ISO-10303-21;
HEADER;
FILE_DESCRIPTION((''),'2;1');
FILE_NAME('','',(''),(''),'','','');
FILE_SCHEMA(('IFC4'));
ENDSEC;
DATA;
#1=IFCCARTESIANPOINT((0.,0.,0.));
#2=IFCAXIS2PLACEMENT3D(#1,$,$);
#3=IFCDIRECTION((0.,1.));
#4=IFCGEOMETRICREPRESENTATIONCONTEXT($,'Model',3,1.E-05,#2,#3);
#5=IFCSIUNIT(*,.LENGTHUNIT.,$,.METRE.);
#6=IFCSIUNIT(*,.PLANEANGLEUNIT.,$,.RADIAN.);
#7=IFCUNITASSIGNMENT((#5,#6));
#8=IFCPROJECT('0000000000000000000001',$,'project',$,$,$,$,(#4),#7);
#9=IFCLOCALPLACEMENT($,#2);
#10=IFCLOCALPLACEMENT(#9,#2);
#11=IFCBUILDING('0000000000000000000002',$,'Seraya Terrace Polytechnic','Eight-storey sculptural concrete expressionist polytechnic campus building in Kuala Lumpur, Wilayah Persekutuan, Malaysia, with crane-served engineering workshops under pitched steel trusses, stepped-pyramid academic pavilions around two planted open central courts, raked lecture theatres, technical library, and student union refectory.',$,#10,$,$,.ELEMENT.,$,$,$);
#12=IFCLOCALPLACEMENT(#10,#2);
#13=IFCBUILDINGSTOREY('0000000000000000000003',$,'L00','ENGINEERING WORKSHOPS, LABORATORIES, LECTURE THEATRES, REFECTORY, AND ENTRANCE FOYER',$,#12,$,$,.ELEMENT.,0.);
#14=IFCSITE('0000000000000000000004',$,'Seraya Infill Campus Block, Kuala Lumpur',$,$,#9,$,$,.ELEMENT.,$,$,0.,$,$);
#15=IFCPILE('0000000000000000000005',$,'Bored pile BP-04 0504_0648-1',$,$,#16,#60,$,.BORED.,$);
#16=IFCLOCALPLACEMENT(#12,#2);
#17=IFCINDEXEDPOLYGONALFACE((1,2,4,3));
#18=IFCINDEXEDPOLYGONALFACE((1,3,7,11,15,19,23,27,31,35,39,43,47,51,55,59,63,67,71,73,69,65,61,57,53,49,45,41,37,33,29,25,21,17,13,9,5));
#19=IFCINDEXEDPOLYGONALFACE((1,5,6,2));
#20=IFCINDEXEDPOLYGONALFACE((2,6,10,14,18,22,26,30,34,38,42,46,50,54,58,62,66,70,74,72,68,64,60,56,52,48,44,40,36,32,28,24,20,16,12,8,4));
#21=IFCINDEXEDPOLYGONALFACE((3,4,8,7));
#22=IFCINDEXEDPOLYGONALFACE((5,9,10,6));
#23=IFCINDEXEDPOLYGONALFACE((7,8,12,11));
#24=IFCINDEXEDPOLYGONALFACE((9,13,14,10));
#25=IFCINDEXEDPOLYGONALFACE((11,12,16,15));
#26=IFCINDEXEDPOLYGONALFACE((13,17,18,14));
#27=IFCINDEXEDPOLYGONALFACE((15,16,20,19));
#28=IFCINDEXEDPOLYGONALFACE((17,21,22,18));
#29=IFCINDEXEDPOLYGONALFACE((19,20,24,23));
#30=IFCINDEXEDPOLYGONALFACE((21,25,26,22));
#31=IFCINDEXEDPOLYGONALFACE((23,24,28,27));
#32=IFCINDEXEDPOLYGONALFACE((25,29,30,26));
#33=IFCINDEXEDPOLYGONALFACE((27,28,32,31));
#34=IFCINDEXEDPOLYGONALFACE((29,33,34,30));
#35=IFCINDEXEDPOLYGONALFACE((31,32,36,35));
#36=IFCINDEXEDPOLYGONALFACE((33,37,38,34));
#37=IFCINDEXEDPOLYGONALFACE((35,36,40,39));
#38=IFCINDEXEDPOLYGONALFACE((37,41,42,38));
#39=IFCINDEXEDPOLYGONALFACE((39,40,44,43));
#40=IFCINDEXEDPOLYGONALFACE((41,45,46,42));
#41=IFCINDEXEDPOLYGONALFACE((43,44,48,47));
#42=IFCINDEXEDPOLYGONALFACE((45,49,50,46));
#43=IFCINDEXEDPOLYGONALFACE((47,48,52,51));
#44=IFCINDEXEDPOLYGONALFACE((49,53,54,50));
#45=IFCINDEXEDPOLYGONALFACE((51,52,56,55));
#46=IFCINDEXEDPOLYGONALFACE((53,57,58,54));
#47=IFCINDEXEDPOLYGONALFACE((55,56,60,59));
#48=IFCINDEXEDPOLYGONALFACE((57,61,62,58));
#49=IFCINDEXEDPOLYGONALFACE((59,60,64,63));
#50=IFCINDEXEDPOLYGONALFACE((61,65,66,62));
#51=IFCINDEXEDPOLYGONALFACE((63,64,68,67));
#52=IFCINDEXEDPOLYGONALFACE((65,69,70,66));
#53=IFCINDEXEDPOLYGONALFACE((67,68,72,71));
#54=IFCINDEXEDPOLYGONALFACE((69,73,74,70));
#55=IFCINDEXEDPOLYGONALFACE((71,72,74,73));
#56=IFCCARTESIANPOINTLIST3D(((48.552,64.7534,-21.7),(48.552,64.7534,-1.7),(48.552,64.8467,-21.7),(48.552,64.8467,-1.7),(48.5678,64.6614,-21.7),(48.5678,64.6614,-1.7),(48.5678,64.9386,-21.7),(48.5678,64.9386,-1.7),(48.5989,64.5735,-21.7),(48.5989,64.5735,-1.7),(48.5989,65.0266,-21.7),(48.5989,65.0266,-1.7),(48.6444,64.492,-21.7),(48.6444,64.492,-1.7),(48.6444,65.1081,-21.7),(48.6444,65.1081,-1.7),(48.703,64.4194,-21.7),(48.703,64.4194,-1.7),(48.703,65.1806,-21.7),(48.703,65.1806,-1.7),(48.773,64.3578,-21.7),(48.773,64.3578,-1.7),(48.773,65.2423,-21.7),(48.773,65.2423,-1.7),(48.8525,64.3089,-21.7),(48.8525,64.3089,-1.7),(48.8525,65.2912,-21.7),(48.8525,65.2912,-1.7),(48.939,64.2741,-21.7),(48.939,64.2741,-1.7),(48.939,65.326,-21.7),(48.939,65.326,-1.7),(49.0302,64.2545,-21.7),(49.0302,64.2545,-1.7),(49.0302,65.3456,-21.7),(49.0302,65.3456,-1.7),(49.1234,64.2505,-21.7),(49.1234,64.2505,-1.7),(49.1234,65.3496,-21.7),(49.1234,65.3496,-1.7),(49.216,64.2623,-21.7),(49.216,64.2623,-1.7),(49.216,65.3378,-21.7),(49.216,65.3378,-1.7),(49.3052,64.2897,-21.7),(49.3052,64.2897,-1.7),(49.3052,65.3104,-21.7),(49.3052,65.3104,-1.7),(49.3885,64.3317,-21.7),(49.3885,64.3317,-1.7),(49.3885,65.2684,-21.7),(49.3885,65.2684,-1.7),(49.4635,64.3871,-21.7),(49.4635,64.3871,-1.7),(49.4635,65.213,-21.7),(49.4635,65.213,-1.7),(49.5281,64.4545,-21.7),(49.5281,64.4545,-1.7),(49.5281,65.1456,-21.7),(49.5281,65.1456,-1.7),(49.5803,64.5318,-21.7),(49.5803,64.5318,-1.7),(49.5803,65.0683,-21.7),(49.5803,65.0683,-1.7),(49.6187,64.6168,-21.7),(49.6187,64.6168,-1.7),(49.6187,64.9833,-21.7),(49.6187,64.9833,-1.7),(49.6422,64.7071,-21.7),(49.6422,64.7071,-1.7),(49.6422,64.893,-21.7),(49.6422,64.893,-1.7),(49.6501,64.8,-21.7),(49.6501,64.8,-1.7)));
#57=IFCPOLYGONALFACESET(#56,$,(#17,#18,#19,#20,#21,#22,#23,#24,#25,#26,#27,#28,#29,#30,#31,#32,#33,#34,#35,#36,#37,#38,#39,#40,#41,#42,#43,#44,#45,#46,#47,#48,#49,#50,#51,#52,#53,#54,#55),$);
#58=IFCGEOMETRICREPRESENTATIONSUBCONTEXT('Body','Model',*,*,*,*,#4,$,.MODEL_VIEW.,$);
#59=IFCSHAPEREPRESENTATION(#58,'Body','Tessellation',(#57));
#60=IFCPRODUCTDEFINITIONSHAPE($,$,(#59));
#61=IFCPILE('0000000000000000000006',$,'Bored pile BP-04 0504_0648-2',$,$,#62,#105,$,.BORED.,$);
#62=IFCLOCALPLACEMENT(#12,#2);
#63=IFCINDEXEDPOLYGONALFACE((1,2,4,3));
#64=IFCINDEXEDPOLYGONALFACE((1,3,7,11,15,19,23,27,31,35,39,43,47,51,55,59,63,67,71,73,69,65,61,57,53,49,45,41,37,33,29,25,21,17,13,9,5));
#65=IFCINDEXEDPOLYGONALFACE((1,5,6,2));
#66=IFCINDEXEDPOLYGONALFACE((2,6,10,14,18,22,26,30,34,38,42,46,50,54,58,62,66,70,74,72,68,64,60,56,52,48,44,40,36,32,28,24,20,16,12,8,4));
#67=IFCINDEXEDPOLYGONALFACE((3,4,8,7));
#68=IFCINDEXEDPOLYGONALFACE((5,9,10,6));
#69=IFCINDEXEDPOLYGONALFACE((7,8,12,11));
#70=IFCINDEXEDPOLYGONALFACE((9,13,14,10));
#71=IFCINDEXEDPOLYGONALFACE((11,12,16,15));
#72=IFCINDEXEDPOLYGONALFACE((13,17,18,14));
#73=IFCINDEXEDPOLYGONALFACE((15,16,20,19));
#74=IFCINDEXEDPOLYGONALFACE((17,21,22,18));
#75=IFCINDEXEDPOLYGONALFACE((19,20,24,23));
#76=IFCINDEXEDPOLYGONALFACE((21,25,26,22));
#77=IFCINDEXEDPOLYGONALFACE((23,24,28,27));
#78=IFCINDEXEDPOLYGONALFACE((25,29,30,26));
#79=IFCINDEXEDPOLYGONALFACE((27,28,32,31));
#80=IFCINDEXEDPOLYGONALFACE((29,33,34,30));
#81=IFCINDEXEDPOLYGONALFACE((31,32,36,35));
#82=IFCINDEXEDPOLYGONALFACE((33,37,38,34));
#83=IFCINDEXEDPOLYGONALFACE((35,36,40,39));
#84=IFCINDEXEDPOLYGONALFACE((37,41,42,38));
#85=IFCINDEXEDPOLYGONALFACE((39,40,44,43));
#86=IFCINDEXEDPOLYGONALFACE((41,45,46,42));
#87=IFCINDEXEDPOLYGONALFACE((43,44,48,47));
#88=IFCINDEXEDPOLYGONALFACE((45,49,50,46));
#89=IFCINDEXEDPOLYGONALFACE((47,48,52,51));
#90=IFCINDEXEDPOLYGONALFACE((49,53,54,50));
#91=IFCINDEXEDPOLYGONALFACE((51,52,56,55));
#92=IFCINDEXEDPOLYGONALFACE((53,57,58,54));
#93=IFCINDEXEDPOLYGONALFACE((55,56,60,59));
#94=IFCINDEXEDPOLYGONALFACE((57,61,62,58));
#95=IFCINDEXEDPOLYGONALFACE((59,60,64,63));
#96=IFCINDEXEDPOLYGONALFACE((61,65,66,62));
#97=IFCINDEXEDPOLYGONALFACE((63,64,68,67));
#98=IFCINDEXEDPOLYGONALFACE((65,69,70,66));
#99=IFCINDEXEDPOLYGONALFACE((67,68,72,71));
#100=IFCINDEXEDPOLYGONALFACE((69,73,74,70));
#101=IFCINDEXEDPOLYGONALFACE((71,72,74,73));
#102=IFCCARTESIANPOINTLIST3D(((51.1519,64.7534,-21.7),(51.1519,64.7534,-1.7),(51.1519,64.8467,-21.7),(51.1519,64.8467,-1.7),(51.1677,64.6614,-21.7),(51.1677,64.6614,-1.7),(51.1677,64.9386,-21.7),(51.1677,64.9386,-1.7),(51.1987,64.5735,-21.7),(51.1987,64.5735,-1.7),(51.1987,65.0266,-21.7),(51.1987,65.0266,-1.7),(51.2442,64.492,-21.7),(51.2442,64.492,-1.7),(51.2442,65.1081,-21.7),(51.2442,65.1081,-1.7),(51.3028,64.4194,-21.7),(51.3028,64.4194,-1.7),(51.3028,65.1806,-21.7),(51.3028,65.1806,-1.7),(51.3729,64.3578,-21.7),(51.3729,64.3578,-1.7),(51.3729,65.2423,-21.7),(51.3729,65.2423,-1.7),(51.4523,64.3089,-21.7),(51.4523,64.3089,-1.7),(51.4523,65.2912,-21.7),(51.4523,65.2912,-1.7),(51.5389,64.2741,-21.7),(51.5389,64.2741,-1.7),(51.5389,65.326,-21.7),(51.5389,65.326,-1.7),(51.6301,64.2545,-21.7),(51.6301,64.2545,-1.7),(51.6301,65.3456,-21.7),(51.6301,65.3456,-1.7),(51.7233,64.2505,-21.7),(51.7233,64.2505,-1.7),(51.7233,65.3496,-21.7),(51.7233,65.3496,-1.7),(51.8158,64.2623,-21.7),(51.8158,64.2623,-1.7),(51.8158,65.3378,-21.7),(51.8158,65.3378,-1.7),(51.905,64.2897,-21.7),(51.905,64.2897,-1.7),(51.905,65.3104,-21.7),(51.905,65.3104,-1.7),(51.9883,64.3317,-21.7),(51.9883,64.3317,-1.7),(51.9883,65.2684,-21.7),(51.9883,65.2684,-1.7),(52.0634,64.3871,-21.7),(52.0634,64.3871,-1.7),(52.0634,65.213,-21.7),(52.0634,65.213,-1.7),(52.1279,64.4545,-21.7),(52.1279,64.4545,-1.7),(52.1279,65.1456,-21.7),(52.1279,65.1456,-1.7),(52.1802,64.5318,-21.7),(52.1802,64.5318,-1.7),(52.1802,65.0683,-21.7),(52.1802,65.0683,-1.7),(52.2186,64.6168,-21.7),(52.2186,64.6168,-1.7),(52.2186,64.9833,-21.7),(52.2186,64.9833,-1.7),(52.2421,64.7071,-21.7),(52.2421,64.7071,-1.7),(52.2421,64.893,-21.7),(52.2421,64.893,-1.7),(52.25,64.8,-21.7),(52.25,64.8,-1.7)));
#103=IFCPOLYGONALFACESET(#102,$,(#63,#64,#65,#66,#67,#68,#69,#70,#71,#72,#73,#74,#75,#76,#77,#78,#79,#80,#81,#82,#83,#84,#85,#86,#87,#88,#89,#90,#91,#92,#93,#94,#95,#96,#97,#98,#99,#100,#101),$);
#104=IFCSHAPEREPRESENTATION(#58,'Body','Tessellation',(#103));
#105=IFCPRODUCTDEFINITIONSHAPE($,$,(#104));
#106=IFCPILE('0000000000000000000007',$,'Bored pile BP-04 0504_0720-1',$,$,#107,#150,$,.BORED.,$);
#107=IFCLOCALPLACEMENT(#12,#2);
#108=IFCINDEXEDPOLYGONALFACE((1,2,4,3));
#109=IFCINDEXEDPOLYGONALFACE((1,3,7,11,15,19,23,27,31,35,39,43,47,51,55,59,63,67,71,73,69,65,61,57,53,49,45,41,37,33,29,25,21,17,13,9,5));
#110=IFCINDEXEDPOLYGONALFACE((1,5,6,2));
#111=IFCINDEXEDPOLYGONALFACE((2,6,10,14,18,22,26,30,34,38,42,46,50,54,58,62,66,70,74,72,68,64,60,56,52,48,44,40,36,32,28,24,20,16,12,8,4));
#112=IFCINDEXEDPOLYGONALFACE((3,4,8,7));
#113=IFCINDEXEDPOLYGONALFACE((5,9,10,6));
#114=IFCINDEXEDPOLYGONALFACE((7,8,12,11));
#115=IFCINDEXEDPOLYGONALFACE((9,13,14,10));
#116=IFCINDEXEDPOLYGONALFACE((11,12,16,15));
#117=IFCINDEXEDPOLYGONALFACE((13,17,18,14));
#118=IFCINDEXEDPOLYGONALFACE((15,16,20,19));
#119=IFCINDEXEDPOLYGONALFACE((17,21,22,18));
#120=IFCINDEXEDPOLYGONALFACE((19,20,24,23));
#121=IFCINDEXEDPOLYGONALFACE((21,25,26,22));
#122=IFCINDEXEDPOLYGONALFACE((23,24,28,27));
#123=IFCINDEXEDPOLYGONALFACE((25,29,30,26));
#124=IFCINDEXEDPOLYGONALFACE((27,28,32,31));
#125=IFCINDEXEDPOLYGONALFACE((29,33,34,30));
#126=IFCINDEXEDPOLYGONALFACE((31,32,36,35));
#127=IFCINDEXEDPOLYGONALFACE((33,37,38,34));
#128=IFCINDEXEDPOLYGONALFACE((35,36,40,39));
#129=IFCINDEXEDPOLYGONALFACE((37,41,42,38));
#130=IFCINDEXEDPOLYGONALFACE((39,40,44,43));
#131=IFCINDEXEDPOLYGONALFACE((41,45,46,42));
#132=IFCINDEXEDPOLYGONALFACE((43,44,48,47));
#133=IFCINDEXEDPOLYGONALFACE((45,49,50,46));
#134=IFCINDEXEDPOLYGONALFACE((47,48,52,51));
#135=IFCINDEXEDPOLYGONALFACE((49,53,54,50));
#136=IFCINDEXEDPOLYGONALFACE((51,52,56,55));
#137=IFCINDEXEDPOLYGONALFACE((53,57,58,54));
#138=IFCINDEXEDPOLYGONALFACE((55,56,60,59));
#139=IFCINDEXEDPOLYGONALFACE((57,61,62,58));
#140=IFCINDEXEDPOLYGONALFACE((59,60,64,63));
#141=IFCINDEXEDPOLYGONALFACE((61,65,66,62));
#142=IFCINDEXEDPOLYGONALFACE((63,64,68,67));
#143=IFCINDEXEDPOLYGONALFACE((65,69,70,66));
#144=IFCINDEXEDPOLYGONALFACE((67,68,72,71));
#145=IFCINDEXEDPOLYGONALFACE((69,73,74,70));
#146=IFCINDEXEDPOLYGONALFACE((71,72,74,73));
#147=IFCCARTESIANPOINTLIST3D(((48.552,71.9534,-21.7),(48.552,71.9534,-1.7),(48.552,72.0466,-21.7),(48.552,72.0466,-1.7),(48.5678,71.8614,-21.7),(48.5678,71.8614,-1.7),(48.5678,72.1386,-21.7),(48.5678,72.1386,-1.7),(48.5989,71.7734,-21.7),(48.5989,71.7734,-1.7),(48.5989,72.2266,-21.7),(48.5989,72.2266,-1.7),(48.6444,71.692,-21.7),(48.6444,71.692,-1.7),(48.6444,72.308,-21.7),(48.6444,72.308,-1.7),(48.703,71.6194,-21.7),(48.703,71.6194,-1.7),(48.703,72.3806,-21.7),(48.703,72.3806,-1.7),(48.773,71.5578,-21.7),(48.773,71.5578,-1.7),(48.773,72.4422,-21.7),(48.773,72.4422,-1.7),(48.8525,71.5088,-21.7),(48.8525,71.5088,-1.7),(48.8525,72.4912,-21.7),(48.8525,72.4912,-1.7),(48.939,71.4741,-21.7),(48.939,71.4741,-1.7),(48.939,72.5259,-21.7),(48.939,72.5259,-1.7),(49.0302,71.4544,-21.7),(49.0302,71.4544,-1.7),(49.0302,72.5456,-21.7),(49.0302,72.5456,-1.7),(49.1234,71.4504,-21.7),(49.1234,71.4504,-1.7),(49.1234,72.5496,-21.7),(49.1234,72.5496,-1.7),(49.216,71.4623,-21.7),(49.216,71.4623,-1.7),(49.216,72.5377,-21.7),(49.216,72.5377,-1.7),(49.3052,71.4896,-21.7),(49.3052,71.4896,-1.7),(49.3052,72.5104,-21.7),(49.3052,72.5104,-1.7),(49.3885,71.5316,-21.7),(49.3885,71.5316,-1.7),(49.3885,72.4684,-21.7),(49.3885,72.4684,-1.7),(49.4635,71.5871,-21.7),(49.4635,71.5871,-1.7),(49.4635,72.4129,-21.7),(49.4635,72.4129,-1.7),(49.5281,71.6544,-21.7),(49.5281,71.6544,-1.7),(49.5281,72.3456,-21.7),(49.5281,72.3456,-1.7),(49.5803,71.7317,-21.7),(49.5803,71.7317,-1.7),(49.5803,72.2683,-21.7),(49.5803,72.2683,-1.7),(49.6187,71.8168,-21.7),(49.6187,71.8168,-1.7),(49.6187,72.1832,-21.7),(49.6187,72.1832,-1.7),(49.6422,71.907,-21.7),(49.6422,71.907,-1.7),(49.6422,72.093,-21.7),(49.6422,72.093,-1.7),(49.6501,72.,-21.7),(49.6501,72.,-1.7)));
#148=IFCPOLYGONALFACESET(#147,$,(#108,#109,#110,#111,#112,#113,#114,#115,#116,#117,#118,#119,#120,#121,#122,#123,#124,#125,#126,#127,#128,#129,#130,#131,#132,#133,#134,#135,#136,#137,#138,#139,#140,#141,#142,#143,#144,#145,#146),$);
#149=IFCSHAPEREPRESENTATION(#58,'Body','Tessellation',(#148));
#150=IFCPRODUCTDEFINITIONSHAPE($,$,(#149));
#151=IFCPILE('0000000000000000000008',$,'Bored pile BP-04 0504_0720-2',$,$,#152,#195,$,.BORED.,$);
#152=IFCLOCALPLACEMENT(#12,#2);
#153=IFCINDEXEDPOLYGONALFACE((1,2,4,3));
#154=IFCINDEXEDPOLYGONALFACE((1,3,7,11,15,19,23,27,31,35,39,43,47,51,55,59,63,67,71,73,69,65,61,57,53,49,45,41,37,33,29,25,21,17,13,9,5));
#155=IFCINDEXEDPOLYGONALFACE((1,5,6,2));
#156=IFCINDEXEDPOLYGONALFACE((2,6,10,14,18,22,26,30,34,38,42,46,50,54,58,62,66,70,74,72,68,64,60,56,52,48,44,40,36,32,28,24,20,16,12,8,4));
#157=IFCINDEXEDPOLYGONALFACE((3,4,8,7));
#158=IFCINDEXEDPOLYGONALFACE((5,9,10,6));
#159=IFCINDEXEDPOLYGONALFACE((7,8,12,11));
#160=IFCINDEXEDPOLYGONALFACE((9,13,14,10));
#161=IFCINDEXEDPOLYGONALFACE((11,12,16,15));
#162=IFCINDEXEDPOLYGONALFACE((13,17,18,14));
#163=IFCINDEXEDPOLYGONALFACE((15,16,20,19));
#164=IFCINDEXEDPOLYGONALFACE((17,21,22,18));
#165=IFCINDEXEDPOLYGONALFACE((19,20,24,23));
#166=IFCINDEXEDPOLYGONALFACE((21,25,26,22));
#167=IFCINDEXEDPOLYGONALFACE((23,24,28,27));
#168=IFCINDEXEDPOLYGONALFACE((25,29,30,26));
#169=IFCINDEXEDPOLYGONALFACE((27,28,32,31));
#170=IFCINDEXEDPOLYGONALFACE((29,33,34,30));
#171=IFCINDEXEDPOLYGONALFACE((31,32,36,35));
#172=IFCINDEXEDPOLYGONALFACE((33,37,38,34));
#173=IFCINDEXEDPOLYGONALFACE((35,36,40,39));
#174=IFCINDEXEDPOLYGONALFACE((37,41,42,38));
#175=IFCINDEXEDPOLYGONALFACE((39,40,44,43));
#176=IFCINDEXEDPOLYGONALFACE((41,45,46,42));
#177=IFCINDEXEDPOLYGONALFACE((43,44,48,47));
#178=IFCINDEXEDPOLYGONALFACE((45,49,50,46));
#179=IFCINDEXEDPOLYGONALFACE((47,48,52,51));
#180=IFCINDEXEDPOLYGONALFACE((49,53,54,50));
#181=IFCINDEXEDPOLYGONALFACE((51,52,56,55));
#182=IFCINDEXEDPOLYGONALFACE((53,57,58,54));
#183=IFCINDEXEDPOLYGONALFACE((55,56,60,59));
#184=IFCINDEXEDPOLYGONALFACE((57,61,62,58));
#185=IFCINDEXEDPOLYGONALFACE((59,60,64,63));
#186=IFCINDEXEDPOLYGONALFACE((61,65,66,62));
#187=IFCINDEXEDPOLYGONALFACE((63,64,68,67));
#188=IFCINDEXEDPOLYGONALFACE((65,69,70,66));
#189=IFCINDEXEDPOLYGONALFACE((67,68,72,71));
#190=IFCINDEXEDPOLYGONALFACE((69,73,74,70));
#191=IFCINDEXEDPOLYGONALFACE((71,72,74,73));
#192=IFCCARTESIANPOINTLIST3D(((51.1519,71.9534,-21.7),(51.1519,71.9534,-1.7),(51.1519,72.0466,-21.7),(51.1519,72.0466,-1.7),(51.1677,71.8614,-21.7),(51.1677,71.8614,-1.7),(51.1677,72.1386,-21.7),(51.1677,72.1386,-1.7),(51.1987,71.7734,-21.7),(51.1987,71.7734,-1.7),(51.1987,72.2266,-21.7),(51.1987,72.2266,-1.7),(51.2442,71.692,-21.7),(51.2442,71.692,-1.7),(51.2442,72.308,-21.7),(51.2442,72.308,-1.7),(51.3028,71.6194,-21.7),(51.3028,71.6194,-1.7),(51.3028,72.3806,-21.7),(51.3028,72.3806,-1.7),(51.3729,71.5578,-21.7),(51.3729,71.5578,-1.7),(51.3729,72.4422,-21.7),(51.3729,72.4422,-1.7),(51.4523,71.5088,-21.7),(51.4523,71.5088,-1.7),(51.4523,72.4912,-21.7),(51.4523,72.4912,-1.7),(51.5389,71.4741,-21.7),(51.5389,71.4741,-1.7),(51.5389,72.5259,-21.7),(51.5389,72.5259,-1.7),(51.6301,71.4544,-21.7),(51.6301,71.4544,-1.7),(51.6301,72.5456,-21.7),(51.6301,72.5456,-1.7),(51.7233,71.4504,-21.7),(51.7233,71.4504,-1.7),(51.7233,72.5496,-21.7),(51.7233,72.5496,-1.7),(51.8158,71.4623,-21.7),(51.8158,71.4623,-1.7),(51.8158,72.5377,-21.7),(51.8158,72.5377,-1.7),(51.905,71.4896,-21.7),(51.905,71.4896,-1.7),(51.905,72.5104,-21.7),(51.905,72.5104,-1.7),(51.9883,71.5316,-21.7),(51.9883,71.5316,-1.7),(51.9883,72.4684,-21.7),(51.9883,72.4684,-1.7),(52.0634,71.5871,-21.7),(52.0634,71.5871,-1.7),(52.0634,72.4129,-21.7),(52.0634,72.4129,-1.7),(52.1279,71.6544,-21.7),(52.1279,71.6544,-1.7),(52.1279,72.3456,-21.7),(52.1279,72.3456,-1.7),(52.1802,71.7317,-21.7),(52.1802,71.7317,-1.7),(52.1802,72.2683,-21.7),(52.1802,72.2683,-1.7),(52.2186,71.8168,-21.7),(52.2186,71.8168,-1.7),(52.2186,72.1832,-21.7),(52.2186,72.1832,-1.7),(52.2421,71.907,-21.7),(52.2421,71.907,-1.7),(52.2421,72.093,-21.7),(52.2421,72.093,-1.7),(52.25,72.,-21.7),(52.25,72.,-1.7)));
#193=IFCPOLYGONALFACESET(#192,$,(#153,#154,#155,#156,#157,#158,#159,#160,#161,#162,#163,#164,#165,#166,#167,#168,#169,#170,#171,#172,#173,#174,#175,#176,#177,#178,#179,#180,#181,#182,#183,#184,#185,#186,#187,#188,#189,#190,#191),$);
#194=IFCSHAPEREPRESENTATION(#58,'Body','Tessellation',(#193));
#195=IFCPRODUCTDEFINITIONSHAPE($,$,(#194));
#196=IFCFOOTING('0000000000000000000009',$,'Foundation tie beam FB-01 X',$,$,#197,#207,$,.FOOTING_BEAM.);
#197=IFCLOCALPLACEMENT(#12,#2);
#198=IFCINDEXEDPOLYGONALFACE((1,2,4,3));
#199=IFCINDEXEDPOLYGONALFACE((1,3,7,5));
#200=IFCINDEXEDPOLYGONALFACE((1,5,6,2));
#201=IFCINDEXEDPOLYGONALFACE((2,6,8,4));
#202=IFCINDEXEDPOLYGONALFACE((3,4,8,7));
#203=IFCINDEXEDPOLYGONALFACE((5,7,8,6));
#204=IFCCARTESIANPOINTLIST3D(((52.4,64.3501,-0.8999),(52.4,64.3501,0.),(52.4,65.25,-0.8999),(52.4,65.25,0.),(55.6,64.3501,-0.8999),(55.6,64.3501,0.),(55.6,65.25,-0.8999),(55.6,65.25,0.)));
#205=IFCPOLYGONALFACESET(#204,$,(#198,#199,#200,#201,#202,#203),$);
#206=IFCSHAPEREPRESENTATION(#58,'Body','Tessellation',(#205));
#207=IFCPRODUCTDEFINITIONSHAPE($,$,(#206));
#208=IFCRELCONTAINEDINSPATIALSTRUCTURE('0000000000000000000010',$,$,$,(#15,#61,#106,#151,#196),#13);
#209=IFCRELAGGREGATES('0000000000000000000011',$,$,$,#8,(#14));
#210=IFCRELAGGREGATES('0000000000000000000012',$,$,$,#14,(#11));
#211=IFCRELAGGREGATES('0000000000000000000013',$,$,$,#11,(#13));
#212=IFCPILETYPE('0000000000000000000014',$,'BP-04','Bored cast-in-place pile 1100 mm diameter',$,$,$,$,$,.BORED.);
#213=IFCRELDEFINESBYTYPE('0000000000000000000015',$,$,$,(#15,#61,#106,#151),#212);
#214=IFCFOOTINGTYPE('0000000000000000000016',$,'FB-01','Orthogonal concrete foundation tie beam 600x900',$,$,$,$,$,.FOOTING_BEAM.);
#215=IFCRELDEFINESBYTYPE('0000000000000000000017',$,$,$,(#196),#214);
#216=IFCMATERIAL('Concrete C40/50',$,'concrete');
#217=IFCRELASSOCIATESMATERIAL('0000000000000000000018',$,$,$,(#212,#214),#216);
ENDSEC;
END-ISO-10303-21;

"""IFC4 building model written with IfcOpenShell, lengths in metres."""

from ifc_helpers import new_model, si_unit, direction, frame, origin, origin_2d, place, context, subcontext, project, spatial, rectangle, circle, extrude, material, material_profile, profile_set, type_object, element, save


model = new_model("IFC4")

# Units and contexts
model_context = context("Model", 3, precision=1e-05, world=origin(), true_north=direction((0.0, 1.0)))
body_context = subcontext(model_context, "Body", "Model", "MODEL_VIEW")
ifc_project = project(units=[si_unit("LENGTHUNIT", "METRE"), si_unit("PLANEANGLEUNIT", "RADIAN")], contexts=[model_context])

# Site, building, storey
site_placement = place(None, origin())
site = spatial("IfcSite", under=ifc_project, at=site_placement, Name="Seraya Infill Campus Block, Kuala Lumpur", CompositionType="ELEMENT", RefElevation=0.0)
building_placement = place(site_placement, origin())
building = spatial("IfcBuilding", under=site, at=building_placement, Name="Seraya Terrace Polytechnic", Description="Eight-storey sculptural concrete expressionist polytechnic campus building in Kuala Lumpur, Wilayah Persekutuan, Malaysia, with crane-served engineering workshops under pitched steel trusses, stepped-pyramid academic pavilions around two planted open central courts, raked lecture theatres, technical library, and student union refectory.", CompositionType="ELEMENT")
storey_placement = place(building_placement, origin())
storey = spatial("IfcBuildingStorey", under=building, at=storey_placement, Name="L00", Description="ENGINEERING WORKSHOPS, LABORATORIES, LECTURE THEATRES, REFECTORY, AND ENTRANCE FOYER", CompositionType="ELEMENT", Elevation=0.0)

# Piles
ifc_material_1 = material(Name="Concrete C40/50", Category="concrete")
ifc_material_profile_1 = material_profile(ifc_material_1, circle(Radius=0.55, at=origin_2d()), Name="DIA 1100")
ifc_profile_set_1 = profile_set([ifc_material_profile_1], Name="Concrete C40/50")
pile_type = type_object("IfcPileType", Name="BP-04", Description="Bored cast-in-place pile 1100 mm diameter", PredefinedType="BORED", material=ifc_profile_set_1)
for number, where, z_axis, x_axis, name in (
    (1, (49.1001, 64.8, -1.7), (0.0, 0.0, -1.0), (1.0, 0.0, 0.0), "Bored pile BP-04 0504_0648-1"),
    (2, (51.7, 64.8, -1.7), (0.0, 0.0, -1.0), (1.0, 0.0, 0.0), "Bored pile BP-04 0504_0648-2"),
    (3, (49.1001, 72.0, -1.7), (0.0, 0.0, -1.0), (1.0, 0.0, 0.0), "Bored pile BP-04 0504_0720-1"),
    (4, (51.7, 72.0, -1.7), (0.0, 0.0, -1.0), (1.0, 0.0, 0.0), "Bored pile BP-04 0504_0720-2"),
):
    element("IfcPile", number, at=place(storey_placement, frame(where, z_axis=z_axis, x_axis=x_axis)), inside=storey, type_object=pile_type, Name=name, PredefinedType="BORED", context=body_context, shape_type="SweptSolid", body=[
        extrude(circle(Radius=0.55, at=origin_2d()), origin(), (0.0, 0.0, 1.0), 20.0),
    ])

# Footing
footing_type_1 = type_object("IfcFootingType", Name="FB-01", Description="Orthogonal concrete foundation tie beam 600x900", PredefinedType="FOOTING_BEAM", material=ifc_material_1)
footing_1_placement = place(storey_placement, frame((54.0, 64.8, -0.8999), z_axis=(0.0, 0.0, 1.0), x_axis=(1.0, 0.0, 0.0)))
element("IfcFooting", 5, at=footing_1_placement, inside=storey, type_object=footing_type_1, Name="Foundation tie beam FB-01 X", PredefinedType="FOOTING_BEAM", context=body_context, shape_type="SweptSolid", body=[
    extrude(rectangle(XDim=3.2, YDim=0.8999, at=origin_2d()), origin(), (0.0, 0.0, 1.0), 0.8999),
])

save(model, "model.ifc")
